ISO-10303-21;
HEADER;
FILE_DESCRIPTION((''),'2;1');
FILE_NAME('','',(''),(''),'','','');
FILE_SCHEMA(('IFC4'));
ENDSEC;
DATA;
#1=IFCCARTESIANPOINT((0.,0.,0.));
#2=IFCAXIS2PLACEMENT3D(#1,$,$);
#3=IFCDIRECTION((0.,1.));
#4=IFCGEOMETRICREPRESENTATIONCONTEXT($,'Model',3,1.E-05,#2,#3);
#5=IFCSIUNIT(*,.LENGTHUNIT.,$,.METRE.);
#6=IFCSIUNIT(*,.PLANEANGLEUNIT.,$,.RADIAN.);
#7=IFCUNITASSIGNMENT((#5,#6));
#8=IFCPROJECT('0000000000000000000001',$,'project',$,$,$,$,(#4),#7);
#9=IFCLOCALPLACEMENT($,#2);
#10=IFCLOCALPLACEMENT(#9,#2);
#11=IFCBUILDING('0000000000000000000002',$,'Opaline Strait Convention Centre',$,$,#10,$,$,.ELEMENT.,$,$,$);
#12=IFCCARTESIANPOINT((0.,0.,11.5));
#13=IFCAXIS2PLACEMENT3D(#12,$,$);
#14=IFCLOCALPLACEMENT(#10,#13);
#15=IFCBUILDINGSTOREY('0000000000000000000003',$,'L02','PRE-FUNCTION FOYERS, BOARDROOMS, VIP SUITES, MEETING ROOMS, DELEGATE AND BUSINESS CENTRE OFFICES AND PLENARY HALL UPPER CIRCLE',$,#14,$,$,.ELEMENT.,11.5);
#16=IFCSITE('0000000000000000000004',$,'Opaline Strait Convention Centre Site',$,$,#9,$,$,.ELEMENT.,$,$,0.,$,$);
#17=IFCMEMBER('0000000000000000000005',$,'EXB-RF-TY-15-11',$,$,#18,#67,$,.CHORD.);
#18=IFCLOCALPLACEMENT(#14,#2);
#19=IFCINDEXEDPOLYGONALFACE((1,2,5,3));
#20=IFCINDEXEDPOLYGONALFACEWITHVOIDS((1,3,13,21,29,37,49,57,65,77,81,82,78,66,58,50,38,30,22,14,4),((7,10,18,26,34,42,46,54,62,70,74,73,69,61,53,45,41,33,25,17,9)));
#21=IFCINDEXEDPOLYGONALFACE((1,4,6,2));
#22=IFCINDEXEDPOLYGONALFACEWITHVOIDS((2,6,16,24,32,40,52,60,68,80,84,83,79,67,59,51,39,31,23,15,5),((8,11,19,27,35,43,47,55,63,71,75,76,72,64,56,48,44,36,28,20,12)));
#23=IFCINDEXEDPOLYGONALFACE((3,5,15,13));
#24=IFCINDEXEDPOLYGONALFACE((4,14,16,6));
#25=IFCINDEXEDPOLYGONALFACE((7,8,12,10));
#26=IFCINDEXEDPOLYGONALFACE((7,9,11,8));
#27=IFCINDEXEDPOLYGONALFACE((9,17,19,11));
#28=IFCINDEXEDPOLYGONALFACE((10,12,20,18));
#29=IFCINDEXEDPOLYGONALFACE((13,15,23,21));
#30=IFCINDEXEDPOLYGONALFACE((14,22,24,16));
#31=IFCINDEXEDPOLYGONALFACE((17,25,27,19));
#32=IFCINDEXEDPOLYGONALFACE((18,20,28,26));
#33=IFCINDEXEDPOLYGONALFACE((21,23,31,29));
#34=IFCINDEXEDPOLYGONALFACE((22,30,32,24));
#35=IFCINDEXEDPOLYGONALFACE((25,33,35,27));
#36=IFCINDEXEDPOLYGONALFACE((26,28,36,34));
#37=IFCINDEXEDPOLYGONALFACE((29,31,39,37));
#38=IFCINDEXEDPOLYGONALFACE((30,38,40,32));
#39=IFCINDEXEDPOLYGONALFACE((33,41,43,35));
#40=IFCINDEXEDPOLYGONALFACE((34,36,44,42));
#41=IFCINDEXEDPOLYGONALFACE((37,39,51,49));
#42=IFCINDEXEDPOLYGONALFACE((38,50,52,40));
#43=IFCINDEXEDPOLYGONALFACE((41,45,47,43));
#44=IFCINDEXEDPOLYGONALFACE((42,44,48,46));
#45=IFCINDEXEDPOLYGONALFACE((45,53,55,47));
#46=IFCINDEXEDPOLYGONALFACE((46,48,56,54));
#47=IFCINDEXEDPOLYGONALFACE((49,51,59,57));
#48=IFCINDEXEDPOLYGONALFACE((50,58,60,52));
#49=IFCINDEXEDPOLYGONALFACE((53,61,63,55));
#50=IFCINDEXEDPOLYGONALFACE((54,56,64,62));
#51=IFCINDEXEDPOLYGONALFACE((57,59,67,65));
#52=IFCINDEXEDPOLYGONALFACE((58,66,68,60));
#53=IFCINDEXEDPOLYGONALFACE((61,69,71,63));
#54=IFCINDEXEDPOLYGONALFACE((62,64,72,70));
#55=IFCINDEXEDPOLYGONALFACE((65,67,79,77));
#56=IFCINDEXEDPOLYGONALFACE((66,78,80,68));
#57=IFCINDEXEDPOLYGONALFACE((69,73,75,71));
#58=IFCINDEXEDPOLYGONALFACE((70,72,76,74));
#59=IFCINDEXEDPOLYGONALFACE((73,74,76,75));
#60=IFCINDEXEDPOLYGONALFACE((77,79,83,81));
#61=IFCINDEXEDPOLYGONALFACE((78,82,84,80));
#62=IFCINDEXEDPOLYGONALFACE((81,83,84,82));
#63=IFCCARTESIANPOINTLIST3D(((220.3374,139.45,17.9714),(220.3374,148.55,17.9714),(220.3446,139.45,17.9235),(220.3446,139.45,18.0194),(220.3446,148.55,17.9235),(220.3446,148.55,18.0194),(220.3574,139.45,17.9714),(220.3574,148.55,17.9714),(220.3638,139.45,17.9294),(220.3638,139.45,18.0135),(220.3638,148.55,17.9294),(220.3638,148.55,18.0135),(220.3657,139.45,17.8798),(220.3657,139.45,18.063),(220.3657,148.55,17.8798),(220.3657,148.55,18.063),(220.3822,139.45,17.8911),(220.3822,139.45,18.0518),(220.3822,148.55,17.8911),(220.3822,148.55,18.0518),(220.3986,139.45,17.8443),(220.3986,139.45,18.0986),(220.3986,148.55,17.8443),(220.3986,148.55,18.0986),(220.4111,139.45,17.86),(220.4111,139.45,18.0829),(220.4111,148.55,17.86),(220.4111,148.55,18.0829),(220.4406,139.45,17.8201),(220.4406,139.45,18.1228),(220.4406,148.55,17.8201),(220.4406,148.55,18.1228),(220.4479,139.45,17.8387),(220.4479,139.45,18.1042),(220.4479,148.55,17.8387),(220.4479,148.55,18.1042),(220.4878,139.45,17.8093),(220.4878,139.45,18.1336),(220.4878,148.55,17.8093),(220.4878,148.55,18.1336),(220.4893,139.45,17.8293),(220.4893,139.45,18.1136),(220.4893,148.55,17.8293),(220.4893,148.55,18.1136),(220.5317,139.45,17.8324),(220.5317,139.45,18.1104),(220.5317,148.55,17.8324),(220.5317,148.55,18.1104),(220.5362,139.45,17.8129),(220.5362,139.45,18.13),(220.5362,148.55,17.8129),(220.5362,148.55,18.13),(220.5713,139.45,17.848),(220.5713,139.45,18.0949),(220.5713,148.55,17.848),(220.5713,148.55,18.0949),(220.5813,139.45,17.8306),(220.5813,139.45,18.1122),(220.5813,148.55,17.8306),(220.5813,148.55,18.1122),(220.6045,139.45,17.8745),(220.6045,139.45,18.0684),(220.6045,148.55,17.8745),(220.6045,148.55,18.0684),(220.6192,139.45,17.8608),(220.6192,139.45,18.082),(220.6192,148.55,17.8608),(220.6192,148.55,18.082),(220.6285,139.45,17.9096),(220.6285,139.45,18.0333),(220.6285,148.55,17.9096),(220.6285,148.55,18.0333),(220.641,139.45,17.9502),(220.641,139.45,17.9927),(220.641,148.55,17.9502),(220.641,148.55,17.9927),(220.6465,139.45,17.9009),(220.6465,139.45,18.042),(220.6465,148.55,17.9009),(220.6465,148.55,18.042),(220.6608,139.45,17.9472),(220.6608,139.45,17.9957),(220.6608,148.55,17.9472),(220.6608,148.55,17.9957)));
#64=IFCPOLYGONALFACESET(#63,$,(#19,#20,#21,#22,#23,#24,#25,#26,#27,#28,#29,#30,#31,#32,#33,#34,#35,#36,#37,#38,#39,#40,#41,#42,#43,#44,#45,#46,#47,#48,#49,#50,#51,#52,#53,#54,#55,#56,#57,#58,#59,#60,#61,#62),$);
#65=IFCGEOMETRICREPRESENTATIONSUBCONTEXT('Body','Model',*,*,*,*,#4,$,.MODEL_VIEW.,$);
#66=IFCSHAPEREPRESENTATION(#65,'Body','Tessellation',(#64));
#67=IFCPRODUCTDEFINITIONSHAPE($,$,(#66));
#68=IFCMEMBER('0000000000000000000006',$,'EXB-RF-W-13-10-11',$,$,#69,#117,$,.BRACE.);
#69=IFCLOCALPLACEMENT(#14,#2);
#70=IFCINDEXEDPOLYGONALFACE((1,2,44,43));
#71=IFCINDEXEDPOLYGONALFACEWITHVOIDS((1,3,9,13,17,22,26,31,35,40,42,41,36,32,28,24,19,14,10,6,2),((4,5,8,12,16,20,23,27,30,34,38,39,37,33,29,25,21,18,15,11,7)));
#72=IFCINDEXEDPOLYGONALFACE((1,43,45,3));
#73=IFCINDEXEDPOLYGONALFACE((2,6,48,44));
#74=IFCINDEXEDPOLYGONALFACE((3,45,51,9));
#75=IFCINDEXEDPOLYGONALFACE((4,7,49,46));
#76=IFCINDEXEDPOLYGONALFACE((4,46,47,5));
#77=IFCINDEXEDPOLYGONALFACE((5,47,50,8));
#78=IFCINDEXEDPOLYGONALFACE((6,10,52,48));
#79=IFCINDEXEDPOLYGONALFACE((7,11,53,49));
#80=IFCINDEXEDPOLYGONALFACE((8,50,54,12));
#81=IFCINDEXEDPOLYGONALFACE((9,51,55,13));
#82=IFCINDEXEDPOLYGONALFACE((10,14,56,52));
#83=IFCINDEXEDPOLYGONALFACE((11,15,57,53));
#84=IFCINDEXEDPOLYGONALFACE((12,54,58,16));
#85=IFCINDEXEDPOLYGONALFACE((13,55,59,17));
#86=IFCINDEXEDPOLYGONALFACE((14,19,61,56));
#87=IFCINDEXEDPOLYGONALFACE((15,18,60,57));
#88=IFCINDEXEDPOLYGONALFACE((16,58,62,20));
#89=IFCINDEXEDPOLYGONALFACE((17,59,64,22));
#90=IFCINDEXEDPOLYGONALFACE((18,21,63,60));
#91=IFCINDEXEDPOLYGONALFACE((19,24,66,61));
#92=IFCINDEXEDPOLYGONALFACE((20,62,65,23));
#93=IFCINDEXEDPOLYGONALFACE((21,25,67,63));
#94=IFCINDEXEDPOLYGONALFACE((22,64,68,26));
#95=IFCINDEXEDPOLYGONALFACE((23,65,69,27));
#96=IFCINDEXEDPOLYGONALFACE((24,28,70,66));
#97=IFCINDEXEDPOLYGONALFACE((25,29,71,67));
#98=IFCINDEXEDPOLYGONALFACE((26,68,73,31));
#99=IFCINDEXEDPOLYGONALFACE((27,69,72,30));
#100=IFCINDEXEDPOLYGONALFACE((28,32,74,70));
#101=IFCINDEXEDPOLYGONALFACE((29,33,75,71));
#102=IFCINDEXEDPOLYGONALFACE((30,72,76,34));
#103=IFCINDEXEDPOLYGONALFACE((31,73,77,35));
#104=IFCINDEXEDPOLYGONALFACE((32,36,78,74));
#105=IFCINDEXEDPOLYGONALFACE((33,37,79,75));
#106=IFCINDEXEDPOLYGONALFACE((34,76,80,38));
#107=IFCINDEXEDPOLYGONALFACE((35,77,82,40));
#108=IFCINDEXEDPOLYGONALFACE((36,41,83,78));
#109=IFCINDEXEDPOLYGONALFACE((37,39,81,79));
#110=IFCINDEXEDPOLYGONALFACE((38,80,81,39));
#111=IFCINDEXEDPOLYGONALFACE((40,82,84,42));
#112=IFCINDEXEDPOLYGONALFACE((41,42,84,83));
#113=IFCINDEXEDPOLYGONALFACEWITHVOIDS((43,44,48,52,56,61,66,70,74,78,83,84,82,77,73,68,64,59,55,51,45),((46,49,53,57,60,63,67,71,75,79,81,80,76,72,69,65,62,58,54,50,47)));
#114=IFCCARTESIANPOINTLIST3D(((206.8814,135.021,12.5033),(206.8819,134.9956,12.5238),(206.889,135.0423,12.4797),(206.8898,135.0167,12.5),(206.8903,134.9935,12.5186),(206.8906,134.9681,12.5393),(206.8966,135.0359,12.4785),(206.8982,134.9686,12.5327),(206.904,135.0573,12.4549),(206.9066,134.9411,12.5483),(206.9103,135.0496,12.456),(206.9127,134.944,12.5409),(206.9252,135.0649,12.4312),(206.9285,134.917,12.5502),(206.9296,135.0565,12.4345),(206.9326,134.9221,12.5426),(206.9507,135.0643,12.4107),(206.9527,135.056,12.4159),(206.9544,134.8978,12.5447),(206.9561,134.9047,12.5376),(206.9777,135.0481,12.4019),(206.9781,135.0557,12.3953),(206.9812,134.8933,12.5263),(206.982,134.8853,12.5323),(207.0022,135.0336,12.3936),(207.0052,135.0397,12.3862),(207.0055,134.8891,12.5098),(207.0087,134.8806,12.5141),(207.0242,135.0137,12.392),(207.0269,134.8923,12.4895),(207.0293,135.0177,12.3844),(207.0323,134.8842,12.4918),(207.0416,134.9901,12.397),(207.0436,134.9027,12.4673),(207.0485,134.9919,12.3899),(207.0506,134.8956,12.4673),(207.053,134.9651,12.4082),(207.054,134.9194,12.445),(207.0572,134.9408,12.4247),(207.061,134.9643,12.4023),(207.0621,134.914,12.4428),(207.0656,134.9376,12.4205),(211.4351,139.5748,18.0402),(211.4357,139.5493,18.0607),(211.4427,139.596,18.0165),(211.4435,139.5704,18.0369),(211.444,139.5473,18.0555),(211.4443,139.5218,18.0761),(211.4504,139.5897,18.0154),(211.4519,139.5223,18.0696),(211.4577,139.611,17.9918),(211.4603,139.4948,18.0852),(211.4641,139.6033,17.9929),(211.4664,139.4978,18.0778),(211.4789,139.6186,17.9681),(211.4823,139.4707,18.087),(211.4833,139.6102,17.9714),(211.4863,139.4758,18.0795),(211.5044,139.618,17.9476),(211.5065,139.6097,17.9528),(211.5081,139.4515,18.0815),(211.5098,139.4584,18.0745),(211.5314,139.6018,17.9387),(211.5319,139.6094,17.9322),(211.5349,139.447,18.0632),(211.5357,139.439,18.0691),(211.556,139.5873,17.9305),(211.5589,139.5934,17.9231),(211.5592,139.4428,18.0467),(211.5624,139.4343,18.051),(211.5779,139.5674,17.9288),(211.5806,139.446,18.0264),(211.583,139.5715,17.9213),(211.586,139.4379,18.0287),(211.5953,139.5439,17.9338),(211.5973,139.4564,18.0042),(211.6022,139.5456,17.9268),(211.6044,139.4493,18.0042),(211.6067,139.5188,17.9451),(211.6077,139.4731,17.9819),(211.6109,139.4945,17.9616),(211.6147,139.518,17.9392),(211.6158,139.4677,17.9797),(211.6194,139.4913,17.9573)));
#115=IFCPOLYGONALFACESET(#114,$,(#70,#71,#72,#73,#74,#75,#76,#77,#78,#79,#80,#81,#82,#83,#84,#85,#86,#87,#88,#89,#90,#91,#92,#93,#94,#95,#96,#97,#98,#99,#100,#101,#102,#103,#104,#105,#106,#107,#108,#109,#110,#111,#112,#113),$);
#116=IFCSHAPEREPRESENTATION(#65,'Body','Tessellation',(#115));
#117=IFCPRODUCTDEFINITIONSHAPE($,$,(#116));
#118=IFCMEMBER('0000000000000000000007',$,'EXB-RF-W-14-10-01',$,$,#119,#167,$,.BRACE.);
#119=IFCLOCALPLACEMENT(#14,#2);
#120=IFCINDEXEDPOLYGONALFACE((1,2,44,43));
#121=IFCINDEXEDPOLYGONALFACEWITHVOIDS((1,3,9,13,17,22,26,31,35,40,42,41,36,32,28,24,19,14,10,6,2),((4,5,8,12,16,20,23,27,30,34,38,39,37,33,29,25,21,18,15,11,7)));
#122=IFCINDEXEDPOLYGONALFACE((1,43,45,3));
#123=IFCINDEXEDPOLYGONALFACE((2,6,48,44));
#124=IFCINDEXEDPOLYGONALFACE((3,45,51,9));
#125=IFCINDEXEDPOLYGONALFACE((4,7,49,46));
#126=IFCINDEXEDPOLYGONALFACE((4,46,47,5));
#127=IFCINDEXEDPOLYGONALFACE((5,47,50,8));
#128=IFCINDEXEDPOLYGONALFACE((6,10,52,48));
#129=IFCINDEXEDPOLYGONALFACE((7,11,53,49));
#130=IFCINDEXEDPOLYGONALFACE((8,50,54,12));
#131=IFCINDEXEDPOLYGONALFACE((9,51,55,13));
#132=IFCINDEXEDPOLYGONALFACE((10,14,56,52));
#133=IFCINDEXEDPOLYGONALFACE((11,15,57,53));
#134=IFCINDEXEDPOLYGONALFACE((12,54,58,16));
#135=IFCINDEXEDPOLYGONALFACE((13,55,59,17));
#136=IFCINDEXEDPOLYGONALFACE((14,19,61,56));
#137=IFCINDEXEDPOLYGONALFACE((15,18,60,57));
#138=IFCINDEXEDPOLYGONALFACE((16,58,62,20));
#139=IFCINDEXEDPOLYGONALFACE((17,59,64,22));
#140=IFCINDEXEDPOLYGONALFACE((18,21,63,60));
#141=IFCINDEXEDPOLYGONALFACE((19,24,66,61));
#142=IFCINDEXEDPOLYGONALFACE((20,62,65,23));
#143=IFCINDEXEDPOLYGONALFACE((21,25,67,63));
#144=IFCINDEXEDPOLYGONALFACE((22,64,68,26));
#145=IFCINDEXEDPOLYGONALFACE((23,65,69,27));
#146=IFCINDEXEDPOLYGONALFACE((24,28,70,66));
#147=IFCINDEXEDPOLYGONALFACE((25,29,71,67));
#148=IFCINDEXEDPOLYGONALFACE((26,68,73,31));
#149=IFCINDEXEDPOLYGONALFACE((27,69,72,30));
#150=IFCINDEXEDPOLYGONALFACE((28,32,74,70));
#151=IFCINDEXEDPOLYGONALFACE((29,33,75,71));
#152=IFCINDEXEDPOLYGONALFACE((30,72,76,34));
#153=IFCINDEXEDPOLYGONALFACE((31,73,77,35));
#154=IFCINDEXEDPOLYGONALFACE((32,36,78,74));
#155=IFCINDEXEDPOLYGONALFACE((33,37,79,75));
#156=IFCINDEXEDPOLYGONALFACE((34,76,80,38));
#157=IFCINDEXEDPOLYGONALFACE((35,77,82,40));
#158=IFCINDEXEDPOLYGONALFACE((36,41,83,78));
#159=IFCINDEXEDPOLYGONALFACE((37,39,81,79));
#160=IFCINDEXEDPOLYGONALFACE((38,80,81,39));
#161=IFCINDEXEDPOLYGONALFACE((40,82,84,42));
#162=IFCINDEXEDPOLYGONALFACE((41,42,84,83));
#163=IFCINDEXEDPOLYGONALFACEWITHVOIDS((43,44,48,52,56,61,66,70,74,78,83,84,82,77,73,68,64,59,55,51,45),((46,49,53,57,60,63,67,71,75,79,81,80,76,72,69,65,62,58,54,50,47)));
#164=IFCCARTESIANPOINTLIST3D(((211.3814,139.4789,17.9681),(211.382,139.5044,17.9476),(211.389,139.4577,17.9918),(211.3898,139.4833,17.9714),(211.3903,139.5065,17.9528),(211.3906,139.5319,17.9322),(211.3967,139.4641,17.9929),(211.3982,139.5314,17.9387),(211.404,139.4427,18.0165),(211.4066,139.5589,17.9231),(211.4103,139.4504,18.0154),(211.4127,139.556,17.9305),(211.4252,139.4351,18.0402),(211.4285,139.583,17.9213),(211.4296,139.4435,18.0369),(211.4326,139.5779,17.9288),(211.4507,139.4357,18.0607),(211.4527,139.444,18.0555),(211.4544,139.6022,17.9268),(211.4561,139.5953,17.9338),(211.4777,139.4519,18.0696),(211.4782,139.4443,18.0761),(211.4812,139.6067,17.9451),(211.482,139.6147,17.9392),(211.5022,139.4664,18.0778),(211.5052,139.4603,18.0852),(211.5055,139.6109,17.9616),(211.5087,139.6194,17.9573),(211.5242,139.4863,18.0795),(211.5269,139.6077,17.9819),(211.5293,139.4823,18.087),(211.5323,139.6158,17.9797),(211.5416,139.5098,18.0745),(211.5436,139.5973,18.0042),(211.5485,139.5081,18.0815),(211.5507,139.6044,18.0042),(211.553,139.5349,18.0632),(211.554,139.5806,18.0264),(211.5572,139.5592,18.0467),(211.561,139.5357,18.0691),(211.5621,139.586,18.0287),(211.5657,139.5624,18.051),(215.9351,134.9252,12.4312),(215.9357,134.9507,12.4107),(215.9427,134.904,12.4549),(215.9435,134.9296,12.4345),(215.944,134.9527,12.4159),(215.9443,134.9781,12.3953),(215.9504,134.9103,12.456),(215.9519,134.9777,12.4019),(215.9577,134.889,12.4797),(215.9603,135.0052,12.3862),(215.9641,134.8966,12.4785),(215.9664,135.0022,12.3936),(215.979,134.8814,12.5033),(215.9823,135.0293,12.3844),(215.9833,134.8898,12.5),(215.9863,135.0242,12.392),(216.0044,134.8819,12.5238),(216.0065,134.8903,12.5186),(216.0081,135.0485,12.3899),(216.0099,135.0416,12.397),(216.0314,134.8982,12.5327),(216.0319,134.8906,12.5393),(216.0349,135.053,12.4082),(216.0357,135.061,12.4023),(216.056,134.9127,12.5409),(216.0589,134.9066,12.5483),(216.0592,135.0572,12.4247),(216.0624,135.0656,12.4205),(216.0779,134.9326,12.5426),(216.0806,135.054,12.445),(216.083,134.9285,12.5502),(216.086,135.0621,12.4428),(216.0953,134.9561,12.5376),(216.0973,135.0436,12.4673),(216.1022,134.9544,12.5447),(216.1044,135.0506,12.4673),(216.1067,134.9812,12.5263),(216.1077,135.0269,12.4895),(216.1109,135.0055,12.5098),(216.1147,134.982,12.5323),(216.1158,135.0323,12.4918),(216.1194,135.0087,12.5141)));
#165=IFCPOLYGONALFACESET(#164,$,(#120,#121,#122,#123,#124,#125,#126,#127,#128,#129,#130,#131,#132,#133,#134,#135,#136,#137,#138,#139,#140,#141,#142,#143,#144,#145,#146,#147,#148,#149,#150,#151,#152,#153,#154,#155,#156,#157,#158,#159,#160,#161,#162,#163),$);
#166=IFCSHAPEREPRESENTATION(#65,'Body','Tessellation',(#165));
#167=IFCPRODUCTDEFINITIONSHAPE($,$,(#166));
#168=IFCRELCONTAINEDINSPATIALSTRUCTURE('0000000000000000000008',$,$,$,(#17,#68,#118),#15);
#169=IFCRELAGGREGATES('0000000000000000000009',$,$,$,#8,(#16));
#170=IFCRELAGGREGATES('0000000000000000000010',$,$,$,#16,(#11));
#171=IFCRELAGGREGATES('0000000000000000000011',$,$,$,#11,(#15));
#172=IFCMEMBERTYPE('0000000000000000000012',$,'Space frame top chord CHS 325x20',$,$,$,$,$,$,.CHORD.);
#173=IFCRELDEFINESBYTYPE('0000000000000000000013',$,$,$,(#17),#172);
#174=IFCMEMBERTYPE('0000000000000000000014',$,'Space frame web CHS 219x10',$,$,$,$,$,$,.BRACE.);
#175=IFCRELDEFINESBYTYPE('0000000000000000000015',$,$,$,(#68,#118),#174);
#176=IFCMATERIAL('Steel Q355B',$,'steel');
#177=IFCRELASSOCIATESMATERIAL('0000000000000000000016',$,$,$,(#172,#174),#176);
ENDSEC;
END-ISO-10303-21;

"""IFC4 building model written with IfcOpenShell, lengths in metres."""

from ifc_helpers import new_model, si_unit, direction, frame, origin, origin_2d, place, context, subcontext, project, spatial, hollow_circle, extrude, material, material_profile, profile_set, type_object, element, save


model = new_model("IFC4")

# Units and contexts
model_context = context("Model", 3, precision=1e-05, world=origin(), true_north=direction((0.0, 1.0)))
body_context = subcontext(model_context, "Body", "Model", "MODEL_VIEW")
ifc_project = project(units=[si_unit("LENGTHUNIT", "METRE"), si_unit("PLANEANGLEUNIT", "RADIAN")], contexts=[model_context])

# Site, building, storey
site_placement = place(None, origin())
site = spatial("IfcSite", under=ifc_project, at=site_placement, Name="Opaline Strait Convention Centre Site", CompositionType="ELEMENT", RefElevation=0.0)
building_placement = place(site_placement, origin())
building = spatial("IfcBuilding", under=site, at=building_placement, Name="Opaline Strait Convention Centre", CompositionType="ELEMENT")
storey_placement = place(building_placement, frame((0.0, 0.0, 11.5)))
storey = spatial("IfcBuildingStorey", under=building, at=storey_placement, Name="L02", Description="PRE-FUNCTION FOYERS, BOARDROOMS, VIP SUITES, MEETING ROOMS, DELEGATE AND BUSINESS CENTRE OFFICES AND PLENARY HALL UPPER CIRCLE", CompositionType="ELEMENT", Elevation=11.5)

# Members
ifc_material_1 = material(Name="Steel Q355B", Category="steel")
ifc_material_profile_1 = material_profile(ifc_material_1, hollow_circle(Radius=0.1626, WallThickness=0.02, at=origin_2d()), Name="CHS 325x20")
ifc_profile_set_1 = profile_set([ifc_material_profile_1], Name="Steel Q355B")
member_type_1 = type_object("IfcMemberType", Name="Space frame top chord CHS 325x20", PredefinedType="CHORD", material=ifc_profile_set_1)
for number, where, z_axis, x_axis, name in (
    (1, (220.5, 139.45, 17.9714), (0.0, 1.0, 0.0), (-1.0, 0.0, 0.0), "EXB-RF-TY-15-11"),
):
    element("IfcMember", number, at=place(storey_placement, frame(where, z_axis=z_axis, x_axis=x_axis)), inside=storey, type_object=member_type_1, Name=name, PredefinedType="CHORD", context=body_context, shape_type="SweptSolid", body=[
        extrude(hollow_circle(Radius=0.1626, WallThickness=0.02, at=origin_2d()), origin(), (0.0, 0.0, 1.0), 9.1001),
    ])
ifc_material_profile_2 = material_profile(ifc_material_1, hollow_circle(Radius=0.1096, WallThickness=0.01, at=origin_2d()), Name="CHS 219x10")
ifc_profile_set_2 = profile_set([ifc_material_profile_2], Name="Steel Q355B")
member_type_2 = type_object("IfcMemberType", Name="Space frame web CHS 219x10", PredefinedType="BRACE", material=ifc_profile_set_2)
for number, where, z_axis, x_axis, name in (
    (2, (211.5269, 139.5269, 18.0042), (-0.536178, -0.536178, -0.65194), (0.707107, -0.707107, 0.0), "EXB-RF-W-13-10-11"),
    (3, (211.4731, 139.5269, 18.0042), (0.536178, -0.536178, -0.65194), (0.707107, 0.707107, 0.0), "EXB-RF-W-14-10-01"),
):
    element("IfcMember", number, at=place(storey_placement, frame(where, z_axis=z_axis, x_axis=x_axis)), inside=storey, type_object=member_type_2, Name=name, PredefinedType="BRACE", context=body_context, shape_type="SweptSolid", body=[
        extrude(hollow_circle(Radius=0.1096, WallThickness=0.01, at=origin_2d()), origin(), (0.0, 0.0, 1.0), 8.4929),
    ])

save(model, "model.ifc")
